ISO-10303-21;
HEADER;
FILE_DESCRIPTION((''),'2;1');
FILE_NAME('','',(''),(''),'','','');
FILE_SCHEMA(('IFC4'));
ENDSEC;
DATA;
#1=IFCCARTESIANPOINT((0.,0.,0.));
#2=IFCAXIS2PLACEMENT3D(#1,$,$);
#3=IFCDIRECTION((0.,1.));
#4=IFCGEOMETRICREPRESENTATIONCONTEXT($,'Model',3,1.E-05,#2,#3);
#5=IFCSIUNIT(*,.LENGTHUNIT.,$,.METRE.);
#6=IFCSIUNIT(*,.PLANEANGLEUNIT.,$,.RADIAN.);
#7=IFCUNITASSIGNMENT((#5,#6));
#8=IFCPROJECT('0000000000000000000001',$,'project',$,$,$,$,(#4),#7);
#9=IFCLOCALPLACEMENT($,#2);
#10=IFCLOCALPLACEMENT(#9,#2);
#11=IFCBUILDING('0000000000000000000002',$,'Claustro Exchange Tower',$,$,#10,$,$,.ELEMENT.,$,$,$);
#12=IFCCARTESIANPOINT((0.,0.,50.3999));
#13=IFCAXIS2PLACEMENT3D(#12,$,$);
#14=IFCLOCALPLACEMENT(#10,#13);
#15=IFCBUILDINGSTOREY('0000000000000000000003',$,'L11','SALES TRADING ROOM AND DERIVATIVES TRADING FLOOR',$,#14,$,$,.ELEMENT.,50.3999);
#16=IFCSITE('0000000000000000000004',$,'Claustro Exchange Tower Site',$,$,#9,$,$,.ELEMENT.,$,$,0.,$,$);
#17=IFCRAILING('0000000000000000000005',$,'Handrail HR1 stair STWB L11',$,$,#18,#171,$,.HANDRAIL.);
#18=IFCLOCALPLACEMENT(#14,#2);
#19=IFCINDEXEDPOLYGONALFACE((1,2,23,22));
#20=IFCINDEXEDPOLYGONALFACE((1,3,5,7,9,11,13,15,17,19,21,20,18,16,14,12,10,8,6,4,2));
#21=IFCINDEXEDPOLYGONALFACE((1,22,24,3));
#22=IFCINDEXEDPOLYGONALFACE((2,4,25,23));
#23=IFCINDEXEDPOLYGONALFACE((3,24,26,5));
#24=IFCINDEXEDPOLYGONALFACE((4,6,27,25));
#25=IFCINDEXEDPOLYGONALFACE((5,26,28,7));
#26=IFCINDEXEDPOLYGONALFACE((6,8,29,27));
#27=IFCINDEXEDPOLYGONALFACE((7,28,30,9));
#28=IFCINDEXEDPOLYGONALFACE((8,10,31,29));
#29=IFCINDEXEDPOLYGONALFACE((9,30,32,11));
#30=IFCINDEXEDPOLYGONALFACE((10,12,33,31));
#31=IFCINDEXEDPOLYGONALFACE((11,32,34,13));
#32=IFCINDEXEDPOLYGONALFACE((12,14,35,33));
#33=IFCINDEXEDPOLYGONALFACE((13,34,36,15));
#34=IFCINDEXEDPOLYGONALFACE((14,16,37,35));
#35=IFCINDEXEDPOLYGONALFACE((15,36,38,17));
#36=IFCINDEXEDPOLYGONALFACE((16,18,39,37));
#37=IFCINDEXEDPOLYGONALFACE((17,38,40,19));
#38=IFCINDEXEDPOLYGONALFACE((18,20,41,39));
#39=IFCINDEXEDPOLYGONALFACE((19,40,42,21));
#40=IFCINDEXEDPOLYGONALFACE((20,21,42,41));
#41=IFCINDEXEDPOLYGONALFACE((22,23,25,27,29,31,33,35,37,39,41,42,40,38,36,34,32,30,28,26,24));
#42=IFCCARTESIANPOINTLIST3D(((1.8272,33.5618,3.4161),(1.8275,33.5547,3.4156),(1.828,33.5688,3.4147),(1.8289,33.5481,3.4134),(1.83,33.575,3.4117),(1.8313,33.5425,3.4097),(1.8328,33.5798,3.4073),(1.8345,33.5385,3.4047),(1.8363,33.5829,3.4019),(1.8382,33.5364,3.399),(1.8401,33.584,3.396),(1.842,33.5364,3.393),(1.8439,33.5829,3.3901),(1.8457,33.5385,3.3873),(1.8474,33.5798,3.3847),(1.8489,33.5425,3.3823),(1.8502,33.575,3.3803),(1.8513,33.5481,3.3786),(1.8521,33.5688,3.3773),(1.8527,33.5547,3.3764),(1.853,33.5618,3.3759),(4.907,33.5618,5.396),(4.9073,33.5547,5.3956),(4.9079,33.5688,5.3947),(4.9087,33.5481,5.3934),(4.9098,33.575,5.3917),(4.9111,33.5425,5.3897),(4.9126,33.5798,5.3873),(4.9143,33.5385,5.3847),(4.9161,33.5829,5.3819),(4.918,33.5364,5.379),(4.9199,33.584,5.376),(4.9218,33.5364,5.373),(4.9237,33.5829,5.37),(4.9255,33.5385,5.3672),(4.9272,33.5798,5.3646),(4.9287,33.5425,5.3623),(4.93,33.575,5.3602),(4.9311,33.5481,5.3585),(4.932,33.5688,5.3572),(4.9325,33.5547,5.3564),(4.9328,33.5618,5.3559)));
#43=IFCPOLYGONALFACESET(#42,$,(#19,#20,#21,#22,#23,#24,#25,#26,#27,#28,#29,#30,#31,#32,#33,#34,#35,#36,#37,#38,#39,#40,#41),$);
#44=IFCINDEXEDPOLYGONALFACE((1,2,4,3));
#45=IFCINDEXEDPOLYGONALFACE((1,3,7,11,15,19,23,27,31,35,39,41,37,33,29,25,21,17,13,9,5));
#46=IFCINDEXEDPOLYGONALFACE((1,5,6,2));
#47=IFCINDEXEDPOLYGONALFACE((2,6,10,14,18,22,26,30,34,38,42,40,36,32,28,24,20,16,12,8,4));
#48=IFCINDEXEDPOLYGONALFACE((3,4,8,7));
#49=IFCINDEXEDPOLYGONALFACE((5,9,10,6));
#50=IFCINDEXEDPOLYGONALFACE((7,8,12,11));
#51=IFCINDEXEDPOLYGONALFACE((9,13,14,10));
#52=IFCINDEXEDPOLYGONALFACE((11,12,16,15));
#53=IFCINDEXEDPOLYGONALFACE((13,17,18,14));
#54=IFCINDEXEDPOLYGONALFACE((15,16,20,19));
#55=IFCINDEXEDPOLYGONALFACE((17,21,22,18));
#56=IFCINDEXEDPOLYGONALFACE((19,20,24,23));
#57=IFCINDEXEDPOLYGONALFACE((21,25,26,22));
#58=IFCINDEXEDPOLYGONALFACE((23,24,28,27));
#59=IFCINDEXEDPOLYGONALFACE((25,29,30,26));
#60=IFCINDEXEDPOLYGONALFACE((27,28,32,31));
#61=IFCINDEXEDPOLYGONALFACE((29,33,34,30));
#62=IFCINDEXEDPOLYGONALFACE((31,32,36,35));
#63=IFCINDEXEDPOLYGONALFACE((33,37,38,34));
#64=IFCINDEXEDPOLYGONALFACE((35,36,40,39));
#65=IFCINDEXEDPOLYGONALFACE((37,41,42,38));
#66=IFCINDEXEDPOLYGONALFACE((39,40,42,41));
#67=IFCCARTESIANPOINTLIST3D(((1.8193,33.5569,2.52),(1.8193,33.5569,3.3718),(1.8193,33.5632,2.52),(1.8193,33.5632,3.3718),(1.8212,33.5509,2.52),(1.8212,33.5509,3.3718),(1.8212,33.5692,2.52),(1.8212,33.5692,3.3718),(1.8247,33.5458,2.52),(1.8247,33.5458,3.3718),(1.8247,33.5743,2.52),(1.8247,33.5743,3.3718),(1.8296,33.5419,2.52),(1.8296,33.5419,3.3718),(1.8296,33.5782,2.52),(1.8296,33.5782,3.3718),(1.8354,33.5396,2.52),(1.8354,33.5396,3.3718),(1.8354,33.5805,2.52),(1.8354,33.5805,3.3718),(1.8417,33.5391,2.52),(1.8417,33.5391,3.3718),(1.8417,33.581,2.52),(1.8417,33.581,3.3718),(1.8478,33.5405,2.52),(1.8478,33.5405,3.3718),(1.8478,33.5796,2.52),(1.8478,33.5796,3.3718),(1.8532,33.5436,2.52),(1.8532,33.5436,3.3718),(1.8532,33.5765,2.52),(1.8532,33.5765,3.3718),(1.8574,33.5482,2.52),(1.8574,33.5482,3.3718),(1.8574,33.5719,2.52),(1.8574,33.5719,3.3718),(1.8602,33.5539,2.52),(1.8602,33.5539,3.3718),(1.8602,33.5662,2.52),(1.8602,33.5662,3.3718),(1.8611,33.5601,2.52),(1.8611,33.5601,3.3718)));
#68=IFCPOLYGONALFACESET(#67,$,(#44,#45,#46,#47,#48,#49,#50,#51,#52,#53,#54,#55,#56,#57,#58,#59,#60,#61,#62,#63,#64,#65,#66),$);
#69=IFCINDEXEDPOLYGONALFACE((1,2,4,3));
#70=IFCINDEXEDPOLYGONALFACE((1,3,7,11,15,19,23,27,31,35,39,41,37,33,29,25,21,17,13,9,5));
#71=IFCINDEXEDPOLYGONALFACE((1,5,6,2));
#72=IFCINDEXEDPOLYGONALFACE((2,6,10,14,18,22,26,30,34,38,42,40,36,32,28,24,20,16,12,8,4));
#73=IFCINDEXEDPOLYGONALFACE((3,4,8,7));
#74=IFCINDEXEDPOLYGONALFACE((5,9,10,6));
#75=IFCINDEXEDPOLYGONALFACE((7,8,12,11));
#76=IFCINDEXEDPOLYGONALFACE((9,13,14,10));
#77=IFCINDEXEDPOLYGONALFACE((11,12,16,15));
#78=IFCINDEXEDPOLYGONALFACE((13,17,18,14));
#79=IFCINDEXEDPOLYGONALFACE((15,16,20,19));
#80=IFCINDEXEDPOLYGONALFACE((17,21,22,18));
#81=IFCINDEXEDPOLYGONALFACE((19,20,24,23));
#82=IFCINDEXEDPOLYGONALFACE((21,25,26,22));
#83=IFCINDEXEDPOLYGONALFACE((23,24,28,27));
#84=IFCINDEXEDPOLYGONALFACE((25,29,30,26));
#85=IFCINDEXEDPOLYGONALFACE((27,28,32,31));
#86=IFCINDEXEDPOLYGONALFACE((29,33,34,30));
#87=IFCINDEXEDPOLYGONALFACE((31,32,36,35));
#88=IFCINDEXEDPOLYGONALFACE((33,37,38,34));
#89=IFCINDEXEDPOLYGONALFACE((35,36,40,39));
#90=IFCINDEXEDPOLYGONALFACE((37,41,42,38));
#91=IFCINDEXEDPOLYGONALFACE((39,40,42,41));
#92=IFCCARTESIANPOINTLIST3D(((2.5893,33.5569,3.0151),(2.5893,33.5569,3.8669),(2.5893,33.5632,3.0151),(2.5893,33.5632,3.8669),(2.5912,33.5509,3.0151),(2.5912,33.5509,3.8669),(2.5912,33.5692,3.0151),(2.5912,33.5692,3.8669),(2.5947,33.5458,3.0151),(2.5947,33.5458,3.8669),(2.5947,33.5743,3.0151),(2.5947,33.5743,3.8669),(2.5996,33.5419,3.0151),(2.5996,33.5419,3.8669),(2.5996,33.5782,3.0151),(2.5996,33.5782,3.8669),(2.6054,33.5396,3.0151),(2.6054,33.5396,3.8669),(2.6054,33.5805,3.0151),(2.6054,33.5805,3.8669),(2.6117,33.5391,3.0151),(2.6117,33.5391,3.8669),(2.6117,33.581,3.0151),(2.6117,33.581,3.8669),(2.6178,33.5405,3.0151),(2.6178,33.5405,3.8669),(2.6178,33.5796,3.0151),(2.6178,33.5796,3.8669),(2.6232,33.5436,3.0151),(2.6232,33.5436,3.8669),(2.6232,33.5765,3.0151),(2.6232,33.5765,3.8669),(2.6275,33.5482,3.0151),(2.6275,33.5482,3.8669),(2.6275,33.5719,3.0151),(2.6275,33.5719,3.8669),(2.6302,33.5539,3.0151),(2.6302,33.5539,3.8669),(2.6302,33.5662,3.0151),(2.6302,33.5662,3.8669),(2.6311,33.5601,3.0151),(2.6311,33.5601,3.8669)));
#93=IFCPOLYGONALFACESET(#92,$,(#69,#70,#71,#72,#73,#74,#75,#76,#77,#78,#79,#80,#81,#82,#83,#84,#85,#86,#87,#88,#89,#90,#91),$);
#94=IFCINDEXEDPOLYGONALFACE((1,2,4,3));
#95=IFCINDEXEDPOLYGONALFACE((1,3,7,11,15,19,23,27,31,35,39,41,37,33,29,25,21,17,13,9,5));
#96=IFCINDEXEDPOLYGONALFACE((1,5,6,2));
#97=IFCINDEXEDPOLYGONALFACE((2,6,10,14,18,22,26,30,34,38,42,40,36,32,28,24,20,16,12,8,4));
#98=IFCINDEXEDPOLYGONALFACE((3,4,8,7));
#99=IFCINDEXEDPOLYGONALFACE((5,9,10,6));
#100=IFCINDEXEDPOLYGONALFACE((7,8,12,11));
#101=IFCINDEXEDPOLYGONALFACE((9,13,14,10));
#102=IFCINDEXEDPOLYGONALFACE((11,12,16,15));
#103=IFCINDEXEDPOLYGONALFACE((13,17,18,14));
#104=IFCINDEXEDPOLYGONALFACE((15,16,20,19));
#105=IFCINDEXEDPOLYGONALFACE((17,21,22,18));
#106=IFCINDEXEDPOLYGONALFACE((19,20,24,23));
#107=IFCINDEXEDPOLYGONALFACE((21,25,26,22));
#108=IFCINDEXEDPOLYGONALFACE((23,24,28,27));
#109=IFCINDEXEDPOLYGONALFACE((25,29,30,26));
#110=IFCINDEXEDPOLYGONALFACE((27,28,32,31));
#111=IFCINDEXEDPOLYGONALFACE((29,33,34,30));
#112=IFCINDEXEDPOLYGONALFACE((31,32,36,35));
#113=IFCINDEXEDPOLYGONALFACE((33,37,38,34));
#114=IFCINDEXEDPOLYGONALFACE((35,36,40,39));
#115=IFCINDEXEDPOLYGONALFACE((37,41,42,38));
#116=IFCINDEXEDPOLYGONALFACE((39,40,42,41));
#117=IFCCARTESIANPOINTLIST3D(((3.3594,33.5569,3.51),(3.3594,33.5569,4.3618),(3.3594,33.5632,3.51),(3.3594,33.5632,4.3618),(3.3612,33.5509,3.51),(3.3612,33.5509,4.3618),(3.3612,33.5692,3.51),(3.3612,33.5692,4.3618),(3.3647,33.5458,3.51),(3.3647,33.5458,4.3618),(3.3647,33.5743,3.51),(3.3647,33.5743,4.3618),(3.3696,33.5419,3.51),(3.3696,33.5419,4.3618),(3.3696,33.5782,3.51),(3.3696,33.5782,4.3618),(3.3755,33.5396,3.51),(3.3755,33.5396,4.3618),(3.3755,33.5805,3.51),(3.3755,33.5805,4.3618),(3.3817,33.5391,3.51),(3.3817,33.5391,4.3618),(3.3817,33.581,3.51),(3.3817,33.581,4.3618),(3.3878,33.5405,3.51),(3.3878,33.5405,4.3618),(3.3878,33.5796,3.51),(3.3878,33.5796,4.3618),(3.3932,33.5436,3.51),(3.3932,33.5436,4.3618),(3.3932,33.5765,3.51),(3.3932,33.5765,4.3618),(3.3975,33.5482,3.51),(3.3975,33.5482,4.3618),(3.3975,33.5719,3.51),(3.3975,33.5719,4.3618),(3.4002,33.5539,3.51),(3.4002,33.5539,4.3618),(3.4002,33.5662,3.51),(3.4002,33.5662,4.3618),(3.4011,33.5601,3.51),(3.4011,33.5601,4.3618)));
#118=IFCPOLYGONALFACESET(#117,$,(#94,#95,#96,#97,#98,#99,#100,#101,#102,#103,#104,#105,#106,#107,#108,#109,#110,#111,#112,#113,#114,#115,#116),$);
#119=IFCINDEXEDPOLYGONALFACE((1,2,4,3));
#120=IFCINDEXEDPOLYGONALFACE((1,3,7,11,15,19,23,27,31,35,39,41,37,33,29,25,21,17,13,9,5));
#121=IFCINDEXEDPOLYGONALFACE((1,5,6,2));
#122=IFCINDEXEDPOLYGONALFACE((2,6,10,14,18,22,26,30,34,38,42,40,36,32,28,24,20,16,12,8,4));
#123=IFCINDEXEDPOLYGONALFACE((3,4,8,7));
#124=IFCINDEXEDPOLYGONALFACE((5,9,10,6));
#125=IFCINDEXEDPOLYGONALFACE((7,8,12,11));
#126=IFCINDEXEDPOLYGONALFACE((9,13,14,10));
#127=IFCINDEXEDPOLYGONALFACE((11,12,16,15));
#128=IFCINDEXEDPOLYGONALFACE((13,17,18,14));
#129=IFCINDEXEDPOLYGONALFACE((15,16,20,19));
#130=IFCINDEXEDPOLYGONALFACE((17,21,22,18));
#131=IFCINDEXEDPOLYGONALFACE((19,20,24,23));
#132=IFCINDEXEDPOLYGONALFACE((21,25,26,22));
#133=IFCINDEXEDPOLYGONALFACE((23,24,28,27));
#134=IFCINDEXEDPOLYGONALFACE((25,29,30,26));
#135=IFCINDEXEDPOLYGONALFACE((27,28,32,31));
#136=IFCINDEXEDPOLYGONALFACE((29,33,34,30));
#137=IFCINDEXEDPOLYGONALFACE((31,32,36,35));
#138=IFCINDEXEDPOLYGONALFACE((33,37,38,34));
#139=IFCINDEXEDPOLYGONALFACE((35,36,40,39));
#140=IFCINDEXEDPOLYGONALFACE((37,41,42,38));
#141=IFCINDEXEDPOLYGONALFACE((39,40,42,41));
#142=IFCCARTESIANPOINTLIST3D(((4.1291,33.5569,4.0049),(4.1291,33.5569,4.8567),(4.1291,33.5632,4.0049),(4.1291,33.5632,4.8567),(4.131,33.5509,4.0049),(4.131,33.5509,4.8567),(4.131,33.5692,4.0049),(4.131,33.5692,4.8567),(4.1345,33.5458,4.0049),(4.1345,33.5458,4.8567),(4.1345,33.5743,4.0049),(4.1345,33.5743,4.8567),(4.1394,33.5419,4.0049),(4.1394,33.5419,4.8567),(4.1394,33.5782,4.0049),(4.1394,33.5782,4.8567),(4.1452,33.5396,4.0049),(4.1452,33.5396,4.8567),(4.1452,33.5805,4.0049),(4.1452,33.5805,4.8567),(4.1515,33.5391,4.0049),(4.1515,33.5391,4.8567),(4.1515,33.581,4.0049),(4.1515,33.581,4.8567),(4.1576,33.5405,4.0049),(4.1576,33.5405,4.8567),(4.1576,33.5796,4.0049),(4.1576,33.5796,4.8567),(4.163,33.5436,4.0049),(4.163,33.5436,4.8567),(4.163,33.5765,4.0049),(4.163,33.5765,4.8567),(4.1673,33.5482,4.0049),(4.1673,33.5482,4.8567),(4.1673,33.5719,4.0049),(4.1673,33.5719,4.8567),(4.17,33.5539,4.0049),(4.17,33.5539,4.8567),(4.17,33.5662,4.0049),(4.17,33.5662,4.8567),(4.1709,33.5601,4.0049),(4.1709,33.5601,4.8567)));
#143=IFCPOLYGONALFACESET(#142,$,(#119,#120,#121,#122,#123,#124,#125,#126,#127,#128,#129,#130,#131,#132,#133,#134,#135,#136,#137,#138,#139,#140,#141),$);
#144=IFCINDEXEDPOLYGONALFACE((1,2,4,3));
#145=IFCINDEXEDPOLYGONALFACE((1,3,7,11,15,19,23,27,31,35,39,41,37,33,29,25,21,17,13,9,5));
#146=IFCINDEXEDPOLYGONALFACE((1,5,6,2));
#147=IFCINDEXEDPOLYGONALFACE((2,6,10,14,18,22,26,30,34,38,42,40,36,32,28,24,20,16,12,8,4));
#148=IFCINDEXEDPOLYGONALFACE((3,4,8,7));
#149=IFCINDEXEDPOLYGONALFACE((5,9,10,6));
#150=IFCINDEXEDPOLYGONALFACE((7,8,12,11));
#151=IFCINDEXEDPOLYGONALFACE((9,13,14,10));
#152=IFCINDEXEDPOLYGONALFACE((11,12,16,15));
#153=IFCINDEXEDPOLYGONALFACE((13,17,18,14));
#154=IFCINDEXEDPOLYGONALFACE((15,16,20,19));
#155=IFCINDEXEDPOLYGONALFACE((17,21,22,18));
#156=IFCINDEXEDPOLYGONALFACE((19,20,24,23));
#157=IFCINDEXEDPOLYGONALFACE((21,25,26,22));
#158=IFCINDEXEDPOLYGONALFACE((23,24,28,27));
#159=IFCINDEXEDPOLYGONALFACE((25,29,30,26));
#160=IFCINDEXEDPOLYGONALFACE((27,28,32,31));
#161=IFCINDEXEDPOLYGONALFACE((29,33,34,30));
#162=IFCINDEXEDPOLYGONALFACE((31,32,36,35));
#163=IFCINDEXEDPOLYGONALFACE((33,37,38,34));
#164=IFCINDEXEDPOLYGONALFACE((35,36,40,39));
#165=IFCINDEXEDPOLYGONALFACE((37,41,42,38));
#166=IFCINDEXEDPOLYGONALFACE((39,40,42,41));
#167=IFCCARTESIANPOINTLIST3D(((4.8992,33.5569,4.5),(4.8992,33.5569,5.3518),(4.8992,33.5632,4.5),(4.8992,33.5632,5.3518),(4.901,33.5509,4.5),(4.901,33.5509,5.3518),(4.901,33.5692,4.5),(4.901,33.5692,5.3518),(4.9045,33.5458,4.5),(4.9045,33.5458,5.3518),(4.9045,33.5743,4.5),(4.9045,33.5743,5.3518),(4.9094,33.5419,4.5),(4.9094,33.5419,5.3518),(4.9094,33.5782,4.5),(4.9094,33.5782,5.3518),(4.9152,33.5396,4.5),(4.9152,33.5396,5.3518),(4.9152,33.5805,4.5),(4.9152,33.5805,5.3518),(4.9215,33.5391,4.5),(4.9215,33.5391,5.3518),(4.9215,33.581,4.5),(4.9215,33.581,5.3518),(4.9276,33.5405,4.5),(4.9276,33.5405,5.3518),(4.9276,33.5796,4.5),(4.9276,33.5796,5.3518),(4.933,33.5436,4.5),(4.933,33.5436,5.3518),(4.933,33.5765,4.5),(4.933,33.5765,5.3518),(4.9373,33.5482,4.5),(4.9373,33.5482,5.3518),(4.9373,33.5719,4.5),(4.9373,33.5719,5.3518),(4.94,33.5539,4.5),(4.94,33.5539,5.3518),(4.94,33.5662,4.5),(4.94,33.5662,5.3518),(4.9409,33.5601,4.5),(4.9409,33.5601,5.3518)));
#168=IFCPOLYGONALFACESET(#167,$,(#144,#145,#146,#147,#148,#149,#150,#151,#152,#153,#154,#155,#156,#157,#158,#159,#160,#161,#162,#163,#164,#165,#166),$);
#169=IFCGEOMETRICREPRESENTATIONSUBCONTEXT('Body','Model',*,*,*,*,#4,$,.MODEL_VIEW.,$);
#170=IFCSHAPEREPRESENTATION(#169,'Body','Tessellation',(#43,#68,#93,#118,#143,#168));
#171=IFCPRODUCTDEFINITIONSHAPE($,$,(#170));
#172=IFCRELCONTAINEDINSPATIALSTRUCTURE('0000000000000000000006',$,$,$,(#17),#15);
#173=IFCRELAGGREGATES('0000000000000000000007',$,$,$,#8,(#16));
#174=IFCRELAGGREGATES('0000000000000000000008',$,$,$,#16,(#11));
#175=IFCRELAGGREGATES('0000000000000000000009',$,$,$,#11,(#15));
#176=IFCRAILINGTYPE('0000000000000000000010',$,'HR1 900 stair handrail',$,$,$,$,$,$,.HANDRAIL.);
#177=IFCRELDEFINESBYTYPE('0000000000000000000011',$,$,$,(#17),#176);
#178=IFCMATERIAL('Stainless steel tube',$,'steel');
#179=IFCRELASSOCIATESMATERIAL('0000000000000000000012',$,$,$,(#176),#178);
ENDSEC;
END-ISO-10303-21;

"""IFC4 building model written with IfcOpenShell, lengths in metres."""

from ifc_helpers import new_model, si_unit, direction, frame, origin, origin_2d, place, context, subcontext, project, spatial, circle, extrude, material, type_object, element, save


model = new_model("IFC4")

# Units and contexts
model_context = context("Model", 3, precision=1e-05, world=origin(), true_north=direction((0.0, 1.0)))
body_context = subcontext(model_context, "Body", "Model", "MODEL_VIEW")
ifc_project = project(units=[si_unit("LENGTHUNIT", "METRE"), si_unit("PLANEANGLEUNIT", "RADIAN")], contexts=[model_context])

# Site, building, storey
site_placement = place(None, origin())
site = spatial("IfcSite", under=ifc_project, at=site_placement, Name="Claustro Exchange Tower Site", CompositionType="ELEMENT", RefElevation=0.0)
building_placement = place(site_placement, origin())
building = spatial("IfcBuilding", under=site, at=building_placement, Name="Claustro Exchange Tower", CompositionType="ELEMENT")
storey_placement = place(building_placement, frame((0.0, 0.0, 50.3999)))
storey = spatial("IfcBuildingStorey", under=building, at=storey_placement, Name="L11", Description="SALES TRADING ROOM AND DERIVATIVES TRADING FLOOR", CompositionType="ELEMENT", Elevation=50.3999)

# Railing
ifc_material_1 = material(Name="Stainless steel tube", Category="steel")
railing_type_1 = type_object("IfcRailingType", Name="HR1 900 stair handrail", PredefinedType="HANDRAIL", material=ifc_material_1)
railing_1_placement = place(storey_placement, frame((1.8401, 33.5601, 2.52)))
element("IfcRailing", 1, at=railing_1_placement, inside=storey, type_object=railing_type_1, Name="Handrail HR1 stair STWB L11", PredefinedType="HANDRAIL", context=body_context, shape_type="SweptSolid", body=[
    extrude(circle(Radius=0.0239, at=origin_2d()), frame((0.0, 0.0, 0.876), z_axis=(0.841168, 0.0, 0.540774), x_axis=(0.0, 1.0, 0.0)), (0.0, 0.0, 1.0), 3.6614),
    extrude(circle(Radius=0.021, at=origin_2d()), origin(), (0.0, 0.0, 1.0), 0.8518),
    extrude(circle(Radius=0.021, at=origin_2d()), frame((0.77, 0.0, 0.4951)), (0.0, 0.0, 1.0), 0.8518),
    extrude(circle(Radius=0.021, at=origin_2d()), frame((1.54, 0.0, 0.99)), (0.0, 0.0, 1.0), 0.8518),
    extrude(circle(Radius=0.021, at=origin_2d()), frame((2.3098, 0.0, 1.4849)), (0.0, 0.0, 1.0), 0.8518),
    extrude(circle(Radius=0.021, at=origin_2d()), frame((3.0798, 0.0, 1.98)), (0.0, 0.0, 1.0), 0.8518),
])

save(model, "model.ifc")
